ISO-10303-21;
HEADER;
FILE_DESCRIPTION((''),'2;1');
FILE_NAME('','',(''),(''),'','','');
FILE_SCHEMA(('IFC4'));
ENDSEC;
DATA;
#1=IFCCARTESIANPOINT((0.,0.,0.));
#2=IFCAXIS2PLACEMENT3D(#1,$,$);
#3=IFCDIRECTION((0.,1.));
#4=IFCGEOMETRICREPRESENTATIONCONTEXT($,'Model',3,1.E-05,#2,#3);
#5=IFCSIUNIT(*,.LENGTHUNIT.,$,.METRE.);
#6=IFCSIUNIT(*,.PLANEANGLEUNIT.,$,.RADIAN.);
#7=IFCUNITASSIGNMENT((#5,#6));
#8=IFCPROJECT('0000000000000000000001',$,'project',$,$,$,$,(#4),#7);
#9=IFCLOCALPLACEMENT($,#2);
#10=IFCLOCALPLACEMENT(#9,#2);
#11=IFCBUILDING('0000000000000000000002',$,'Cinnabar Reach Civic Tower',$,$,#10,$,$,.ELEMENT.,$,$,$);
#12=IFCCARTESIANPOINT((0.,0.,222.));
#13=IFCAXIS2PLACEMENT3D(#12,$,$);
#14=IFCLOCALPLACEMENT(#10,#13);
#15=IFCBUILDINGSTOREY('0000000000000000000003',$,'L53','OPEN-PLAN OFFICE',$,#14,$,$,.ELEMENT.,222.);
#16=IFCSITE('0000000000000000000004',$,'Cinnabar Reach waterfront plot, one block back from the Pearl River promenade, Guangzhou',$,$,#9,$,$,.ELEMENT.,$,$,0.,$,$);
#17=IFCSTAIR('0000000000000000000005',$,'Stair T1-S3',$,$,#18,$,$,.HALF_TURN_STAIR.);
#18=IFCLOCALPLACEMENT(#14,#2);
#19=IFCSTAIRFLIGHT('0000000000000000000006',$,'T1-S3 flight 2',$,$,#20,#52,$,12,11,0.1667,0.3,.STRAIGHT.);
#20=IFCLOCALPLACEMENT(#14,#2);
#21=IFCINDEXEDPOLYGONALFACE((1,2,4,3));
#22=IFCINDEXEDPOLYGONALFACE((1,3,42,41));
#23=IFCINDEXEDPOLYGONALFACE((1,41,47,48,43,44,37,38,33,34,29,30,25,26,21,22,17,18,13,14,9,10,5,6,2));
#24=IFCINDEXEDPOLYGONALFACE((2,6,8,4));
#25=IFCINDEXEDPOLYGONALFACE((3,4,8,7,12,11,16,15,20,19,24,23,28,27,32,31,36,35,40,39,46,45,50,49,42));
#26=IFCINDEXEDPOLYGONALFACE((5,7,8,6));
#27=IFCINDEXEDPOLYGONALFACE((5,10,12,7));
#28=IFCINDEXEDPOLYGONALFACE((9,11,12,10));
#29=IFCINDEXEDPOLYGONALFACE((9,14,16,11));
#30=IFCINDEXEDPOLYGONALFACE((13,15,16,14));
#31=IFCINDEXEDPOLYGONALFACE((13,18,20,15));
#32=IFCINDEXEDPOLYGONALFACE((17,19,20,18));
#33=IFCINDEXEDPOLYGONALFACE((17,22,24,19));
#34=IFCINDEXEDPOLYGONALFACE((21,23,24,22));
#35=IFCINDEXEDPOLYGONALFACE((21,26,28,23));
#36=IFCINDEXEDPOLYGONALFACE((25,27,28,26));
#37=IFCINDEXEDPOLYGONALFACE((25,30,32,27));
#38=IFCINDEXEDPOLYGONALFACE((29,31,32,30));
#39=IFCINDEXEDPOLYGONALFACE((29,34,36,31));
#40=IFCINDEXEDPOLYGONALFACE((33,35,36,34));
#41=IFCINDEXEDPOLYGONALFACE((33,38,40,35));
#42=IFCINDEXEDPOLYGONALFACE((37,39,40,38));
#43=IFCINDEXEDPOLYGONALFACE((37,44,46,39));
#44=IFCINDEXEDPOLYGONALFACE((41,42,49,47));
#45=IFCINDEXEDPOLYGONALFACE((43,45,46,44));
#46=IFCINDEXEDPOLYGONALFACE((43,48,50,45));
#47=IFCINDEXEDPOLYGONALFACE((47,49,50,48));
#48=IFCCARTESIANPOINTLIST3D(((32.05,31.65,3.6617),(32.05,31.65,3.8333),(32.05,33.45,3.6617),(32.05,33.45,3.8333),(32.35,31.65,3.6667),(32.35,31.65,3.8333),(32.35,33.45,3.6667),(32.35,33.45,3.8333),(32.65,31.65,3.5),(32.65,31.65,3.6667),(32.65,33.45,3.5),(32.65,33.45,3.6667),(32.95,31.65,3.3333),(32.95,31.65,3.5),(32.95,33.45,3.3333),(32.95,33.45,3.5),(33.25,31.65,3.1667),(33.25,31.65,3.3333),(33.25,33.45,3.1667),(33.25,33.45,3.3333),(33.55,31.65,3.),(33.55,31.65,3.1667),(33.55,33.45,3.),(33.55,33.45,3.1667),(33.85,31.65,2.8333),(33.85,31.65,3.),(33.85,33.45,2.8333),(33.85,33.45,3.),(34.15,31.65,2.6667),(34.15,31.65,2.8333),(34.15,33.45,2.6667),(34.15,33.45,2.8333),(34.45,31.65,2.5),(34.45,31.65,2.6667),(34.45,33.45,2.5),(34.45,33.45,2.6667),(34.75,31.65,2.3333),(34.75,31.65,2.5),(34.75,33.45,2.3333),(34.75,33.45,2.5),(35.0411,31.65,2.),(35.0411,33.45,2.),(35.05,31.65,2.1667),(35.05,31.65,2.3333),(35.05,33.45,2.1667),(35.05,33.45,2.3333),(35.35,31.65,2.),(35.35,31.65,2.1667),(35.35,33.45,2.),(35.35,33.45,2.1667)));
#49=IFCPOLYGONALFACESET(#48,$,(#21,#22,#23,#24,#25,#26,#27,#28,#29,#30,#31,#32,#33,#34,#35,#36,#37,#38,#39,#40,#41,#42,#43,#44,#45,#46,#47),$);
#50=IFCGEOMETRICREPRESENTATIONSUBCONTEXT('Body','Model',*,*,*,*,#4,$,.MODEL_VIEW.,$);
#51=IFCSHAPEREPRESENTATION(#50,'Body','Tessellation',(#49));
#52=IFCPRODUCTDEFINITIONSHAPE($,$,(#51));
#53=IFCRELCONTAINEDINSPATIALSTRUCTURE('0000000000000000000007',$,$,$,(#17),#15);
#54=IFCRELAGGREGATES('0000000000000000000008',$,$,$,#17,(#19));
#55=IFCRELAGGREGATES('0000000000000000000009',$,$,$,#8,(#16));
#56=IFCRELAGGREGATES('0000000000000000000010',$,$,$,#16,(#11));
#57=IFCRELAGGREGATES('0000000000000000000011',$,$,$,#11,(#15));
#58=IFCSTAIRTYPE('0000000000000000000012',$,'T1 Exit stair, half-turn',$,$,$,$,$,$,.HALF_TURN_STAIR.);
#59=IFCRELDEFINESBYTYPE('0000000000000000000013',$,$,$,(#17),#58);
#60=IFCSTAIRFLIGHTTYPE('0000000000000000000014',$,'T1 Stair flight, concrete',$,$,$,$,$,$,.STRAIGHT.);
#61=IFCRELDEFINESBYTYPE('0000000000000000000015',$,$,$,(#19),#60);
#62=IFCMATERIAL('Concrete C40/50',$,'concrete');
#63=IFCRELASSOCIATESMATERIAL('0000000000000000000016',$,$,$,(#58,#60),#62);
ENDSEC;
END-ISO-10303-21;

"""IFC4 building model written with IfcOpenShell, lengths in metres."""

from ifc_helpers import new_model, si_unit, direction, frame, origin, place, context, subcontext, project, spatial, polyline, outline, extrude, material, type_object, element, aggregate, save


model = new_model("IFC4")

# Units and contexts
model_context = context("Model", 3, precision=1e-05, world=origin(), true_north=direction((0.0, 1.0)))
body_context = subcontext(model_context, "Body", "Model", "MODEL_VIEW")
ifc_project = project(units=[si_unit("LENGTHUNIT", "METRE"), si_unit("PLANEANGLEUNIT", "RADIAN")], contexts=[model_context])

# Site, building, storey
site_placement = place(None, origin())
site = spatial("IfcSite", under=ifc_project, at=site_placement, Name="Cinnabar Reach waterfront plot, one block back from the Pearl River promenade, Guangzhou", CompositionType="ELEMENT", RefElevation=0.0)
building_placement = place(site_placement, origin())
building = spatial("IfcBuilding", under=site, at=building_placement, Name="Cinnabar Reach Civic Tower", CompositionType="ELEMENT")
storey_placement = place(building_placement, frame((0.0, 0.0, 222.0)))
storey = spatial("IfcBuildingStorey", under=building, at=storey_placement, Name="L53", Description="OPEN-PLAN OFFICE", CompositionType="ELEMENT", Elevation=222.0)

# Stair, stair flight
ifc_material_1 = material(Name="Concrete C40/50", Category="concrete")
stair_type = type_object("IfcStairType", Name="T1 Exit stair, half-turn", PredefinedType="HALF_TURN_STAIR", material=ifc_material_1)
stair_placement = place(storey_placement, origin())
stair = element("IfcStair", 1, at=stair_placement, inside=storey, type_object=stair_type, Name="Stair T1-S3", PredefinedType="HALF_TURN_STAIR")
stair_flight_type = type_object("IfcStairFlightType", Name="T1 Stair flight, concrete", PredefinedType="STRAIGHT", material=ifc_material_1)
stair_flight_placement = place(storey_placement, frame((35.35, 32.55, 2.0), z_axis=(0.0, 0.0, 1.0), x_axis=(-1.0, 0.0, 0.0)))
stair_flight = element("IfcStairFlight", 2, at=stair_flight_placement, type_object=stair_flight_type, Name="T1-S3 flight 2", NumberOfRisers=12, NumberOfTreads=11, PredefinedType="STRAIGHT", RiserHeight=0.1667, TreadLength=0.3, context=body_context, shape_type="SweptSolid", body=[
    extrude(outline(polyline([(0.0, 0.0), (0.0, 0.1667), (0.3, 0.1667), (0.3, 0.3333), (0.6, 0.3333), (0.6, 0.5), (0.9, 0.5), (0.9, 0.6667), (1.2, 0.6667), (1.2, 0.8333), (1.5, 0.8333), (1.5, 1.0), (1.8, 1.0), (1.8, 1.1667), (2.1, 1.1667), (2.1, 1.3333), (2.4, 1.3333), (2.4, 1.5), (2.7, 1.5), (2.7, 1.6667), (3.0, 1.6667), (3.0, 1.8333), (3.3, 1.8333), (3.3, 2.0), (3.3, 1.6617), (0.3089, 0.0), (0.0, 0.0)])), frame((0.0, 0.9, 0.0), z_axis=(0.0, -1.0, 0.0), x_axis=(1.0, 0.0, 0.0)), (0.0, 0.0, 1.0), 1.8),
])
aggregate(stair, [stair_flight])

save(model, "model.ifc")
